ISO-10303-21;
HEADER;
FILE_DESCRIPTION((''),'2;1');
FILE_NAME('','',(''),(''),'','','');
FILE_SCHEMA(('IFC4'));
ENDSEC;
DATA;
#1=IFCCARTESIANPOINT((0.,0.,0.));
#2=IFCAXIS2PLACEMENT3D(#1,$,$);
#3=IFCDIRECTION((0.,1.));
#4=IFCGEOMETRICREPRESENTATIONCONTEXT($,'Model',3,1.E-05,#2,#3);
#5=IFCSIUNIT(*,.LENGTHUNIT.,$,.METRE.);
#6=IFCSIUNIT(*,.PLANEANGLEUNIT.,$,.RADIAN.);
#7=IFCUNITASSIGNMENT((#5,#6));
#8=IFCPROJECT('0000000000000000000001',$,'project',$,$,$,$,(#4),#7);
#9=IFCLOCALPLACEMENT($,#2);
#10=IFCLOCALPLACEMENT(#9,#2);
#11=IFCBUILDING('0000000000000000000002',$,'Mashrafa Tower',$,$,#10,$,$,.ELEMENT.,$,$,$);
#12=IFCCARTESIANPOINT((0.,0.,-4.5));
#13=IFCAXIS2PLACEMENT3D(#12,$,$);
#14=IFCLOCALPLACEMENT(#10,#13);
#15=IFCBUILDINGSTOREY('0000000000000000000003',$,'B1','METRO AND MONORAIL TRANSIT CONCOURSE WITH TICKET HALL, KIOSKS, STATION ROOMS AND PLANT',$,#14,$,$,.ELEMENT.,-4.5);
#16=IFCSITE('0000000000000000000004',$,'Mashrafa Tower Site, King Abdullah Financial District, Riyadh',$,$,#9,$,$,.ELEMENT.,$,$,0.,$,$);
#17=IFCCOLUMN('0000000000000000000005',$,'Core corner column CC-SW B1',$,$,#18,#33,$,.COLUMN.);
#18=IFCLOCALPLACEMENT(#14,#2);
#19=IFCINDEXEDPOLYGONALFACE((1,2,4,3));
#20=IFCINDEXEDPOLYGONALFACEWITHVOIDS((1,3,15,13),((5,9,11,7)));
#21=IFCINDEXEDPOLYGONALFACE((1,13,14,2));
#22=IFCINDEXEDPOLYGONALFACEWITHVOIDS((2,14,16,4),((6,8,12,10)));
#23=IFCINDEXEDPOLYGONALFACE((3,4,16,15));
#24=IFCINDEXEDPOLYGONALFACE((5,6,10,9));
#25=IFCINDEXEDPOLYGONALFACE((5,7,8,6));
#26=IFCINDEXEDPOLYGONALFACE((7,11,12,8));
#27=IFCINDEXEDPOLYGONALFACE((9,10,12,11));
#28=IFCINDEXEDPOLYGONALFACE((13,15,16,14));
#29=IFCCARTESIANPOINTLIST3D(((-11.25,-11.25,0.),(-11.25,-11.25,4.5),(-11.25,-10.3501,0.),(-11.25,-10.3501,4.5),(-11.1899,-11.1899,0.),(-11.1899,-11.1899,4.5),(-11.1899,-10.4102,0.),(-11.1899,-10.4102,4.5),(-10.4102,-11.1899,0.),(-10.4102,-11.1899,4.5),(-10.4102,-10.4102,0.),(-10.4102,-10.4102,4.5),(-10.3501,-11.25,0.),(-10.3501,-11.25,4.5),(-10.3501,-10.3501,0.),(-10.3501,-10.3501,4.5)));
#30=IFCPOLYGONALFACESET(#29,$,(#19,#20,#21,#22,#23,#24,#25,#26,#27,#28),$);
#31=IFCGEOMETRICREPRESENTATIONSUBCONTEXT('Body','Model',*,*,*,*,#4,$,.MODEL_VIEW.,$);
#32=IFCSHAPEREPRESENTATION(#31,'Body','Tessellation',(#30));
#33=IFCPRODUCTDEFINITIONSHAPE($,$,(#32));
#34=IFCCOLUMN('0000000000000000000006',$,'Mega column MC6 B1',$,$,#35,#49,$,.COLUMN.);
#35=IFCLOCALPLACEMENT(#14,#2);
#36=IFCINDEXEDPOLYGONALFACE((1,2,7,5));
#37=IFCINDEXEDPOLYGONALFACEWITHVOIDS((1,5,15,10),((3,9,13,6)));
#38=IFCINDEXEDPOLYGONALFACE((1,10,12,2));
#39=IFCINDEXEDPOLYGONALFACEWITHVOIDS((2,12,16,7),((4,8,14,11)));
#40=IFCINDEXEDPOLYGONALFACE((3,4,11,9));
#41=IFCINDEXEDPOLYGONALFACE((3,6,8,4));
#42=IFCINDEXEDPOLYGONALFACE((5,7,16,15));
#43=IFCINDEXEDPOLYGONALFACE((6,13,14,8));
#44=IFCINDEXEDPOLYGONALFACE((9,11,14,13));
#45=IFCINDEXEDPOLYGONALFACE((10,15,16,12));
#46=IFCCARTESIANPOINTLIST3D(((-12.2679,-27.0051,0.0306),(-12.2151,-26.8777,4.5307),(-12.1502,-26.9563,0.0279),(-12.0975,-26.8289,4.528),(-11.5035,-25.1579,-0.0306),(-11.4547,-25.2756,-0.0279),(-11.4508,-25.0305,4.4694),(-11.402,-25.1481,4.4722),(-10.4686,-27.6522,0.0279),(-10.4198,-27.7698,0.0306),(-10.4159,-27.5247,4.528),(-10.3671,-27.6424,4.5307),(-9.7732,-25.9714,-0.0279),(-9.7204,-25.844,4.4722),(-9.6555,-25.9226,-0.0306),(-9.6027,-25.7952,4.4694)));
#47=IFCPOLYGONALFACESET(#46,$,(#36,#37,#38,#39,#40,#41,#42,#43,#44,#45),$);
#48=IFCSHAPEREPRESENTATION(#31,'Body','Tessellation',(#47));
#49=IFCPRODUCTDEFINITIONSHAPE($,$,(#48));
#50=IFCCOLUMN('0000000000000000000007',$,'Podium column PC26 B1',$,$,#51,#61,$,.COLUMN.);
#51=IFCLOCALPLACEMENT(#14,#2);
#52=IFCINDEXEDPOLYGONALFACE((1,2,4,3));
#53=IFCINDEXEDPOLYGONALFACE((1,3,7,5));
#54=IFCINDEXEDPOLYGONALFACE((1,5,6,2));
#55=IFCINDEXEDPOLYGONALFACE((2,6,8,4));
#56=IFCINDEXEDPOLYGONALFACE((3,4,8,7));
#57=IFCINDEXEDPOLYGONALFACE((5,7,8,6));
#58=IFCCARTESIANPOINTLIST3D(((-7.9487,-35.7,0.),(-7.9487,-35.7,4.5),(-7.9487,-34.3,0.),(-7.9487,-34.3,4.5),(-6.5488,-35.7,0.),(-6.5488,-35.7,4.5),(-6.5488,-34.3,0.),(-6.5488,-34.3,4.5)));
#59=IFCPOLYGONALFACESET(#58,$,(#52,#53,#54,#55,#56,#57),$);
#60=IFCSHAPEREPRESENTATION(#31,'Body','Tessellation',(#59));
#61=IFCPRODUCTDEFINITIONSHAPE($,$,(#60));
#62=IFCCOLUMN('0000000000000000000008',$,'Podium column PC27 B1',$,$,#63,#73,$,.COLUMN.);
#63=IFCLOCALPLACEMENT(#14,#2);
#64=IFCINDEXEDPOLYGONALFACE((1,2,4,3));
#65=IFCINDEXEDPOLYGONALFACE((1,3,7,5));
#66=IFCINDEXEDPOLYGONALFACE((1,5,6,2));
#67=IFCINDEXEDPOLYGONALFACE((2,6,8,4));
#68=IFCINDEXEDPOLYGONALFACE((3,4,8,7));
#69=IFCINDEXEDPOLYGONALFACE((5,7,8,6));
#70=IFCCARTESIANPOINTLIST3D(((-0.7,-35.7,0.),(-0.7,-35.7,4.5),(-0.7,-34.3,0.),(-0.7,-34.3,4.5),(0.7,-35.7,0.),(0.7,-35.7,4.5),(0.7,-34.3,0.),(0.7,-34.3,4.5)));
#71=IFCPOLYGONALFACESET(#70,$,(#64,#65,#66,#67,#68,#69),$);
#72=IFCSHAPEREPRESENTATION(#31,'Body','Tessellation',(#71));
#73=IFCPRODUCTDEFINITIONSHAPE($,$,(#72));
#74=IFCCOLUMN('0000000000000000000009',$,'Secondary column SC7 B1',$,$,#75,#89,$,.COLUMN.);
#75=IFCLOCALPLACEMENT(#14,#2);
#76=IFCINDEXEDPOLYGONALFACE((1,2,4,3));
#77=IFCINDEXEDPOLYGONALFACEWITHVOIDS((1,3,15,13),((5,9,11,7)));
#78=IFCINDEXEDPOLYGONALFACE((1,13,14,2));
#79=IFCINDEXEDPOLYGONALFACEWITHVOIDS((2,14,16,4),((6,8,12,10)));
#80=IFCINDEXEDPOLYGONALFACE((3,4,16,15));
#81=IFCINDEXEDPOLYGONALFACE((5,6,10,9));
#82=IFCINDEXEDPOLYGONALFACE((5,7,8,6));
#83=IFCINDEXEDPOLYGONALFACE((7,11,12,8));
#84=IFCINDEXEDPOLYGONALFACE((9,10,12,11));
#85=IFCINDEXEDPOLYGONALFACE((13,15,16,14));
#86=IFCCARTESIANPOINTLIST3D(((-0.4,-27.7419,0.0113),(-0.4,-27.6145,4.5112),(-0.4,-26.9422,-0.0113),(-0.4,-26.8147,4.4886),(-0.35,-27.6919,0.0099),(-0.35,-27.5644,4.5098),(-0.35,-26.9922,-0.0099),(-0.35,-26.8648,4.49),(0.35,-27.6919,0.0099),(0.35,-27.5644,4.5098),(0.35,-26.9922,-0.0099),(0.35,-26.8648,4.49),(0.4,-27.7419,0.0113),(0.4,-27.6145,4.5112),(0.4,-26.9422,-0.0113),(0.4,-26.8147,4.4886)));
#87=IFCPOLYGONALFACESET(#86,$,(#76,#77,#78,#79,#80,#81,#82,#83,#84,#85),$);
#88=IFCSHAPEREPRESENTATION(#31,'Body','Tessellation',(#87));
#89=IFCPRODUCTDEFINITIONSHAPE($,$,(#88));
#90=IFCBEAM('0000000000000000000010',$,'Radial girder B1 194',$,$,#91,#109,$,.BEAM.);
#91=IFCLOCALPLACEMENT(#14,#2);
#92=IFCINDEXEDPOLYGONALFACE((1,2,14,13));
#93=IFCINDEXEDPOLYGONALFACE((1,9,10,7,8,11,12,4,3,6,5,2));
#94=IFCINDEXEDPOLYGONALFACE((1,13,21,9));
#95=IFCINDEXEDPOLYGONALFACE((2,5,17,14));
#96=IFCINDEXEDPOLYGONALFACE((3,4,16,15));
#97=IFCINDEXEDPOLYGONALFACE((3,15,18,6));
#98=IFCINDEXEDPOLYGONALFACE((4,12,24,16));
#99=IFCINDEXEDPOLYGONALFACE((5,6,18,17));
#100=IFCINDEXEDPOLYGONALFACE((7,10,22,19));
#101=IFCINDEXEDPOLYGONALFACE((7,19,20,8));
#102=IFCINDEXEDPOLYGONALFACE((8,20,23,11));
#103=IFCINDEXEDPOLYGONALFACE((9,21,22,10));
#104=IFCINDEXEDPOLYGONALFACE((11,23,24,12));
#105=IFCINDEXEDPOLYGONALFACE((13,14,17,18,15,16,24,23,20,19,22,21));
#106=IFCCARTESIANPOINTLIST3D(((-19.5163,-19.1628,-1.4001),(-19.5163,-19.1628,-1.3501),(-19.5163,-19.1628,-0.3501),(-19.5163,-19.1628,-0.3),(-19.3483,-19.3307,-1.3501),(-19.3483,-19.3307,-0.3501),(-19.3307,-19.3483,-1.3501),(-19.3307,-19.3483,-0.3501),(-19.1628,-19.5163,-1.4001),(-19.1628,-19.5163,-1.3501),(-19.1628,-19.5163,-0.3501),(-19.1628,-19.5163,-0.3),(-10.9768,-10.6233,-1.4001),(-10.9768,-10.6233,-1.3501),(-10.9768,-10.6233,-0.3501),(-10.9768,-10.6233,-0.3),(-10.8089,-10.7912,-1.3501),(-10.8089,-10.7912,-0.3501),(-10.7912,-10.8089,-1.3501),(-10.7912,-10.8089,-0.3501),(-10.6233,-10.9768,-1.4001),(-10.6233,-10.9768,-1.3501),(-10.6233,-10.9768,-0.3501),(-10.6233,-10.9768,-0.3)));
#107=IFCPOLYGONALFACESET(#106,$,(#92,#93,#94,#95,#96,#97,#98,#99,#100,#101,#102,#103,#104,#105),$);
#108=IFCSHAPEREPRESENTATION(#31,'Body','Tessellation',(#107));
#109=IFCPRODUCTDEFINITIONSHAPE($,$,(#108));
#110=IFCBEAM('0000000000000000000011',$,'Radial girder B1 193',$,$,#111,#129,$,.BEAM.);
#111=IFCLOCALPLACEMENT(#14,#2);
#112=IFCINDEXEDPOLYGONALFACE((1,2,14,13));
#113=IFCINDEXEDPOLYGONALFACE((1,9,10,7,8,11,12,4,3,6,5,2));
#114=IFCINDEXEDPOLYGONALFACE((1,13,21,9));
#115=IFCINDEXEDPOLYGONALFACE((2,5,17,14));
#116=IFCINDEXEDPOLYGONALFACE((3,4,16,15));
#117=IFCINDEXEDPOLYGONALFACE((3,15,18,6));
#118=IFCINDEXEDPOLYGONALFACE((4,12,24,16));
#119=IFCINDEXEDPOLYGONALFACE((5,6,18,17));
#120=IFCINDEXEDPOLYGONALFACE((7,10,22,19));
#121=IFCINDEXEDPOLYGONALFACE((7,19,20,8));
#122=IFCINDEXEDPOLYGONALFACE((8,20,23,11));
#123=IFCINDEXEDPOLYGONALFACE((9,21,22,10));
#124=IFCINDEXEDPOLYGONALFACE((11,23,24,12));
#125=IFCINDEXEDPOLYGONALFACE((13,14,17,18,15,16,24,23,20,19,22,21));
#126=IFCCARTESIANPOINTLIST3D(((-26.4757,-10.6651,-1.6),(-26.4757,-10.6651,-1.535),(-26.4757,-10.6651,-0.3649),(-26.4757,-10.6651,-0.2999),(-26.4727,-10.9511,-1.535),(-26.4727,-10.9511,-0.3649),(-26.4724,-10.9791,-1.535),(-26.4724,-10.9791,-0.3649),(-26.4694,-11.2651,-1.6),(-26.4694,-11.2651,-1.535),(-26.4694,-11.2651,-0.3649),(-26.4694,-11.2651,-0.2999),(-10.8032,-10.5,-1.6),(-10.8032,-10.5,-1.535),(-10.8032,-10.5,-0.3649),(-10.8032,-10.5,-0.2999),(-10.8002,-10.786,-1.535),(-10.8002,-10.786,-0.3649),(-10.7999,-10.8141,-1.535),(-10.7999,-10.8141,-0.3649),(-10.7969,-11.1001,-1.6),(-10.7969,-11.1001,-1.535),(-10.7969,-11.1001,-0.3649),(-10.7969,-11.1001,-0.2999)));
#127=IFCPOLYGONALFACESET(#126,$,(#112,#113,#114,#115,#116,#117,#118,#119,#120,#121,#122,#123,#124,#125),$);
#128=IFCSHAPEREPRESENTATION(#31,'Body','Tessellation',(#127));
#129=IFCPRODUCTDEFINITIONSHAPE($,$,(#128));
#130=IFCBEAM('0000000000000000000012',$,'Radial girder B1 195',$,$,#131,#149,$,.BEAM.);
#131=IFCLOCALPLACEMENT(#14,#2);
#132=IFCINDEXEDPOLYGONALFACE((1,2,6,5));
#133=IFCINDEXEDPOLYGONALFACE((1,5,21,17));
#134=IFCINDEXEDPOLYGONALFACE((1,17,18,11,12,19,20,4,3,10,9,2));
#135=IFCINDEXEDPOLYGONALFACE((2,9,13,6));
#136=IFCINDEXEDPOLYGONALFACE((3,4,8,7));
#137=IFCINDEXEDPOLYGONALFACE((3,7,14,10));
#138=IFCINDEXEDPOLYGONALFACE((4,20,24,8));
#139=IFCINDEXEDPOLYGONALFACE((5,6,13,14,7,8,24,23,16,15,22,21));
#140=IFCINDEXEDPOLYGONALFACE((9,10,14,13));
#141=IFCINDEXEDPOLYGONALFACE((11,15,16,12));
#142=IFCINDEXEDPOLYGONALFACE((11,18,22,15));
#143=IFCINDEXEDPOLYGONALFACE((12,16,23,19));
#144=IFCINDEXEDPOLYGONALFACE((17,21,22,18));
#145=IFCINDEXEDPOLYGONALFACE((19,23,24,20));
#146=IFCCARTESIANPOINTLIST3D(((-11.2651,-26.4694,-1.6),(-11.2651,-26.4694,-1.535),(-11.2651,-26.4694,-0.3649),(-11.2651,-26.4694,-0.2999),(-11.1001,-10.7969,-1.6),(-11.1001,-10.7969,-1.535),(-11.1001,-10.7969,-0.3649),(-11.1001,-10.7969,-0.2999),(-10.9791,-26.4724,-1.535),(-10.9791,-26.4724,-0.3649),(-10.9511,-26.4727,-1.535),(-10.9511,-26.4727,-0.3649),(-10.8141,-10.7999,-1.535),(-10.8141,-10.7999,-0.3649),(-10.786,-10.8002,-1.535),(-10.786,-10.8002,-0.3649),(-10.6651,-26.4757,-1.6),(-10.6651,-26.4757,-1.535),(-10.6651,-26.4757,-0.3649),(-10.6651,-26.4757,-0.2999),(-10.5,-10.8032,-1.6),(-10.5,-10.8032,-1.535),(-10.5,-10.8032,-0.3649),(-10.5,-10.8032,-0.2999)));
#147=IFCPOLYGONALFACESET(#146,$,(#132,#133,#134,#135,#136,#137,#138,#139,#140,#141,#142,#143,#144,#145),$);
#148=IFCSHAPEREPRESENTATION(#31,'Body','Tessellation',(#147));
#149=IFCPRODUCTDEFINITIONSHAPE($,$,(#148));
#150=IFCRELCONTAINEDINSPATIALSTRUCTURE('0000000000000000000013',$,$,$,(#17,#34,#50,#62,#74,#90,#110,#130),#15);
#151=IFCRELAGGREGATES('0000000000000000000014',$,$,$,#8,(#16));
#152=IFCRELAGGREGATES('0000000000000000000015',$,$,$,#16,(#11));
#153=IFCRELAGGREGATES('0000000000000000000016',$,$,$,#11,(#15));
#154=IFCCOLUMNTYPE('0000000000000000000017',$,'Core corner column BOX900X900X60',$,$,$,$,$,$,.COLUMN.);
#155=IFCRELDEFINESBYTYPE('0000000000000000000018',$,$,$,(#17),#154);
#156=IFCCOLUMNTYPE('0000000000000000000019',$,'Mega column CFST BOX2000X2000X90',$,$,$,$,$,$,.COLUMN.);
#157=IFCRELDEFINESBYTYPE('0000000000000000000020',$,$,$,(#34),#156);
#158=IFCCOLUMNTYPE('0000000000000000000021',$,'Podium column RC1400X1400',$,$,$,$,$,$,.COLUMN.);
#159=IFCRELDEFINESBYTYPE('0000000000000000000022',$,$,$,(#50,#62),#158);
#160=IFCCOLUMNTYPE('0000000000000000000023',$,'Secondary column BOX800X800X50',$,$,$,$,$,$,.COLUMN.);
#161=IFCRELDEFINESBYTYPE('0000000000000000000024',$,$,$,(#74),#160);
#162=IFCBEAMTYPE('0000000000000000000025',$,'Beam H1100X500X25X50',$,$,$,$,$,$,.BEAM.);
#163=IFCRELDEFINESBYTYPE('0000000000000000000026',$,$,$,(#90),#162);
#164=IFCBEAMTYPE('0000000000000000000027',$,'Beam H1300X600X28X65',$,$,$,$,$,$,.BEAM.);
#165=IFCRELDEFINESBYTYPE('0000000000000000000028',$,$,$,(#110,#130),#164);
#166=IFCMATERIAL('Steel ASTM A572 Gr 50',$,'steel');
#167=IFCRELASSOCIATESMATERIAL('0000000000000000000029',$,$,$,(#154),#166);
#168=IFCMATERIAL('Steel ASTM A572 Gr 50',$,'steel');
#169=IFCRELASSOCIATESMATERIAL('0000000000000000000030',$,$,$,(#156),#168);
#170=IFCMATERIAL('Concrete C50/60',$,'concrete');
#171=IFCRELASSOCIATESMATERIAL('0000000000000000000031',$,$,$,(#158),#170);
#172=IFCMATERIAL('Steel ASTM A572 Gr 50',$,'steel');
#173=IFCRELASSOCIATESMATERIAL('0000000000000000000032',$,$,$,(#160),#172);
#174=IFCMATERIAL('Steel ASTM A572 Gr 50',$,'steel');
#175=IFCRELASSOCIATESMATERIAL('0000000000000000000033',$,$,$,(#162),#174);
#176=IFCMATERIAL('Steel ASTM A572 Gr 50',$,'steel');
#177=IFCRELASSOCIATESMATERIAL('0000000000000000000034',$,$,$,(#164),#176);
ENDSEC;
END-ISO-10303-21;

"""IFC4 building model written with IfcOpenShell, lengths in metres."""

from ifc_helpers import new_model, si_unit, direction, frame, origin, origin_2d, place, context, subcontext, project, spatial, rectangle, hollow_rectangle, i_section, extrude, material, material_profile, profile_set, type_object, element, save


model = new_model("IFC4")

# Units and contexts
model_context = context("Model", 3, precision=1e-05, world=origin(), true_north=direction((0.0, 1.0)))
body_context = subcontext(model_context, "Body", "Model", "MODEL_VIEW")
ifc_project = project(units=[si_unit("LENGTHUNIT", "METRE"), si_unit("PLANEANGLEUNIT", "RADIAN")], contexts=[model_context])

# Site, building, storey
site_placement = place(None, origin())
site = spatial("IfcSite", under=ifc_project, at=site_placement, Name="Mashrafa Tower Site, King Abdullah Financial District, Riyadh", CompositionType="ELEMENT", RefElevation=0.0)
building_placement = place(site_placement, origin())
building = spatial("IfcBuilding", under=site, at=building_placement, Name="Mashrafa Tower", CompositionType="ELEMENT")
storey_placement = place(building_placement, frame((0.0, 0.0, -4.5)))
storey = spatial("IfcBuildingStorey", under=building, at=storey_placement, Name="B1", Description="METRO AND MONORAIL TRANSIT CONCOURSE WITH TICKET HALL, KIOSKS, STATION ROOMS AND PLANT", CompositionType="ELEMENT", Elevation=-4.5)

# Columns
ifc_material_1 = material(Name="Steel ASTM A572 Gr 50", Category="steel")
ifc_material_profile_1 = material_profile(ifc_material_1, hollow_rectangle(XDim=0.8999, YDim=0.8999, WallThickness=0.0601, at=origin_2d()), Name="BOX900X900X60")
ifc_profile_set_1 = profile_set([ifc_material_profile_1], Name="Steel ASTM A572 Gr 50")
column_type_1 = type_object("IfcColumnType", Name="Core corner column BOX900X900X60", PredefinedType="COLUMN", material=ifc_profile_set_1)
column_1_placement = place(storey_placement, frame((-10.8, -10.8, 0.0), z_axis=(0.0, 0.0, 1.0), x_axis=(1.0, 0.0, 0.0)))
element("IfcColumn", 1, at=column_1_placement, inside=storey, type_object=column_type_1, Name="Core corner column CC-SW B1", PredefinedType="COLUMN", context=body_context, shape_type="SweptSolid", body=[
    extrude(hollow_rectangle(XDim=0.8999, YDim=0.8999, WallThickness=0.0601, at=origin_2d()), origin(), (0.0, 0.0, 1.0), 4.5),
])
ifc_material_2 = material(Name="Steel ASTM A572 Gr 50", Category="steel")
ifc_material_profile_2 = material_profile(ifc_material_2, hollow_rectangle(XDim=2.0, YDim=2.0, WallThickness=0.0901, at=origin_2d()), Name="BOX2000X2000X90")
ifc_profile_set_2 = profile_set([ifc_material_profile_2], Name="Steel ASTM A572 Gr 50")
column_type_2 = type_object("IfcColumnType", Name="Mega column CFST BOX2000X2000X90", PredefinedType="COLUMN", material=ifc_profile_set_2)
column_2_placement = place(storey_placement, frame((-10.9617, -26.4639, 0.0), z_axis=(0.011713, 0.028307, 0.999531), x_axis=(-0.924017, 0.382352, 0.0)))
element("IfcColumn", 2, at=column_2_placement, inside=storey, type_object=column_type_2, Name="Mega column MC6 B1", PredefinedType="COLUMN", context=body_context, shape_type="SweptSolid", body=[
    extrude(hollow_rectangle(XDim=2.0, YDim=2.0, WallThickness=0.0901, at=origin_2d()), origin(), (0.0, 0.0, 1.0), 4.5022),
])
ifc_material_3 = material(Name="Concrete C50/60", Category="concrete")
ifc_material_profile_3 = material_profile(ifc_material_3, rectangle(XDim=1.3999, YDim=1.3999, at=origin_2d()), Name="RC1400X1400")
ifc_profile_set_3 = profile_set([ifc_material_profile_3], Name="Concrete C50/60")
column_type_3 = type_object("IfcColumnType", Name="Podium column RC1400X1400", PredefinedType="COLUMN", material=ifc_profile_set_3)
for number, where, z_axis, x_axis, name in (
    (3, (-7.2488, -35.0, 0.0), (0.0, 0.0, 1.0), (1.0, 0.0, 0.0), "Podium column PC26 B1"),
    (4, (0.0, -35.0, 0.0), (0.0, 0.0, 1.0), (1.0, 0.0, 0.0), "Podium column PC27 B1"),
):
    element("IfcColumn", number, at=place(storey_placement, frame(where, z_axis=z_axis, x_axis=x_axis)), inside=storey, type_object=column_type_3, Name=name, PredefinedType="COLUMN", context=body_context, shape_type="SweptSolid", body=[
        extrude(rectangle(XDim=1.3999, YDim=1.3999, at=origin_2d()), origin(), (0.0, 0.0, 1.0), 4.5),
    ])
ifc_material_4 = material(Name="Steel ASTM A572 Gr 50", Category="steel")
ifc_material_profile_4 = material_profile(ifc_material_4, hollow_rectangle(XDim=0.8, YDim=0.8, WallThickness=0.05, at=origin_2d()), Name="BOX800X800X50")
ifc_profile_set_4 = profile_set([ifc_material_profile_4], Name="Steel ASTM A572 Gr 50")
column_type_4 = type_object("IfcColumnType", Name="Secondary column BOX800X800X50", PredefinedType="COLUMN", material=ifc_profile_set_4)
column_3_placement = place(storey_placement, frame((0.0, -27.342, 0.0), z_axis=(0.0, 0.028309, 0.999599), x_axis=(-1.0, 0.0, 0.0)))
element("IfcColumn", 5, at=column_3_placement, inside=storey, type_object=column_type_4, Name="Secondary column SC7 B1", PredefinedType="COLUMN", context=body_context, shape_type="SweptSolid", body=[
    extrude(hollow_rectangle(XDim=0.8, YDim=0.8, WallThickness=0.05, at=origin_2d()), origin(), (0.0, 0.0, 1.0), 4.5017),
])

# Beams
ifc_material_5 = material(Name="Steel ASTM A572 Gr 50", Category="steel")
ifc_material_profile_5 = material_profile(ifc_material_5, i_section(OverallWidth=0.5, OverallDepth=1.1001, WebThickness=0.0249, FlangeThickness=0.05, at=origin_2d()), Name="H1100X500X25X50")
ifc_profile_set_5 = profile_set([ifc_material_profile_5], Name="Steel ASTM A572 Gr 50")
beam_type_1 = type_object("IfcBeamType", Name="Beam H1100X500X25X50", PredefinedType="BEAM", material=ifc_profile_set_5)
beam_1_placement = place(storey_placement, frame((-10.8, -10.8, -0.8501), z_axis=(-0.707107, -0.707107, 0.0), x_axis=(0.707107, -0.707107, 0.0)))
element("IfcBeam", 6, at=beam_1_placement, inside=storey, type_object=beam_type_1, Name="Radial girder B1 194", PredefinedType="BEAM", context=body_context, shape_type="SweptSolid", body=[
    extrude(i_section(OverallWidth=0.5, OverallDepth=1.1001, WebThickness=0.0249, FlangeThickness=0.05, at=origin_2d()), origin(), (0.0, 0.0, 1.0), 12.0767),
])
ifc_material_6 = material(Name="Steel ASTM A572 Gr 50", Category="steel")
ifc_material_profile_6 = material_profile(ifc_material_6, i_section(OverallWidth=0.6001, OverallDepth=1.3, WebThickness=0.0281, FlangeThickness=0.0649, at=origin_2d()), Name="H1300X600X28X65")
ifc_profile_set_6 = profile_set([ifc_material_profile_6], Name="Steel ASTM A572 Gr 50")
beam_type_2 = type_object("IfcBeamType", Name="Beam H1300X600X28X65", PredefinedType="BEAM", material=ifc_profile_set_6)
for number, where, z_axis, x_axis, name in (
    (7, (-10.8, -10.8, -0.95), (-0.999945, -0.01053, 0.0), (0.01053, -0.999945, 0.0), "Radial girder B1 193"),
    (8, (-10.8, -10.8, -0.95), (-0.01053, -0.999945, 0.0), (0.999945, -0.01053, 0.0), "Radial girder B1 195"),
):
    element("IfcBeam", number, at=place(storey_placement, frame(where, z_axis=z_axis, x_axis=x_axis)), inside=storey, type_object=beam_type_2, Name=name, PredefinedType="BEAM", context=body_context, shape_type="SweptSolid", body=[
        extrude(i_section(OverallWidth=0.6001, OverallDepth=1.3, WebThickness=0.0281, FlangeThickness=0.0649, at=origin_2d()), origin(), (0.0, 0.0, 1.0), 15.6733),
    ])

save(model, "model.ifc")
